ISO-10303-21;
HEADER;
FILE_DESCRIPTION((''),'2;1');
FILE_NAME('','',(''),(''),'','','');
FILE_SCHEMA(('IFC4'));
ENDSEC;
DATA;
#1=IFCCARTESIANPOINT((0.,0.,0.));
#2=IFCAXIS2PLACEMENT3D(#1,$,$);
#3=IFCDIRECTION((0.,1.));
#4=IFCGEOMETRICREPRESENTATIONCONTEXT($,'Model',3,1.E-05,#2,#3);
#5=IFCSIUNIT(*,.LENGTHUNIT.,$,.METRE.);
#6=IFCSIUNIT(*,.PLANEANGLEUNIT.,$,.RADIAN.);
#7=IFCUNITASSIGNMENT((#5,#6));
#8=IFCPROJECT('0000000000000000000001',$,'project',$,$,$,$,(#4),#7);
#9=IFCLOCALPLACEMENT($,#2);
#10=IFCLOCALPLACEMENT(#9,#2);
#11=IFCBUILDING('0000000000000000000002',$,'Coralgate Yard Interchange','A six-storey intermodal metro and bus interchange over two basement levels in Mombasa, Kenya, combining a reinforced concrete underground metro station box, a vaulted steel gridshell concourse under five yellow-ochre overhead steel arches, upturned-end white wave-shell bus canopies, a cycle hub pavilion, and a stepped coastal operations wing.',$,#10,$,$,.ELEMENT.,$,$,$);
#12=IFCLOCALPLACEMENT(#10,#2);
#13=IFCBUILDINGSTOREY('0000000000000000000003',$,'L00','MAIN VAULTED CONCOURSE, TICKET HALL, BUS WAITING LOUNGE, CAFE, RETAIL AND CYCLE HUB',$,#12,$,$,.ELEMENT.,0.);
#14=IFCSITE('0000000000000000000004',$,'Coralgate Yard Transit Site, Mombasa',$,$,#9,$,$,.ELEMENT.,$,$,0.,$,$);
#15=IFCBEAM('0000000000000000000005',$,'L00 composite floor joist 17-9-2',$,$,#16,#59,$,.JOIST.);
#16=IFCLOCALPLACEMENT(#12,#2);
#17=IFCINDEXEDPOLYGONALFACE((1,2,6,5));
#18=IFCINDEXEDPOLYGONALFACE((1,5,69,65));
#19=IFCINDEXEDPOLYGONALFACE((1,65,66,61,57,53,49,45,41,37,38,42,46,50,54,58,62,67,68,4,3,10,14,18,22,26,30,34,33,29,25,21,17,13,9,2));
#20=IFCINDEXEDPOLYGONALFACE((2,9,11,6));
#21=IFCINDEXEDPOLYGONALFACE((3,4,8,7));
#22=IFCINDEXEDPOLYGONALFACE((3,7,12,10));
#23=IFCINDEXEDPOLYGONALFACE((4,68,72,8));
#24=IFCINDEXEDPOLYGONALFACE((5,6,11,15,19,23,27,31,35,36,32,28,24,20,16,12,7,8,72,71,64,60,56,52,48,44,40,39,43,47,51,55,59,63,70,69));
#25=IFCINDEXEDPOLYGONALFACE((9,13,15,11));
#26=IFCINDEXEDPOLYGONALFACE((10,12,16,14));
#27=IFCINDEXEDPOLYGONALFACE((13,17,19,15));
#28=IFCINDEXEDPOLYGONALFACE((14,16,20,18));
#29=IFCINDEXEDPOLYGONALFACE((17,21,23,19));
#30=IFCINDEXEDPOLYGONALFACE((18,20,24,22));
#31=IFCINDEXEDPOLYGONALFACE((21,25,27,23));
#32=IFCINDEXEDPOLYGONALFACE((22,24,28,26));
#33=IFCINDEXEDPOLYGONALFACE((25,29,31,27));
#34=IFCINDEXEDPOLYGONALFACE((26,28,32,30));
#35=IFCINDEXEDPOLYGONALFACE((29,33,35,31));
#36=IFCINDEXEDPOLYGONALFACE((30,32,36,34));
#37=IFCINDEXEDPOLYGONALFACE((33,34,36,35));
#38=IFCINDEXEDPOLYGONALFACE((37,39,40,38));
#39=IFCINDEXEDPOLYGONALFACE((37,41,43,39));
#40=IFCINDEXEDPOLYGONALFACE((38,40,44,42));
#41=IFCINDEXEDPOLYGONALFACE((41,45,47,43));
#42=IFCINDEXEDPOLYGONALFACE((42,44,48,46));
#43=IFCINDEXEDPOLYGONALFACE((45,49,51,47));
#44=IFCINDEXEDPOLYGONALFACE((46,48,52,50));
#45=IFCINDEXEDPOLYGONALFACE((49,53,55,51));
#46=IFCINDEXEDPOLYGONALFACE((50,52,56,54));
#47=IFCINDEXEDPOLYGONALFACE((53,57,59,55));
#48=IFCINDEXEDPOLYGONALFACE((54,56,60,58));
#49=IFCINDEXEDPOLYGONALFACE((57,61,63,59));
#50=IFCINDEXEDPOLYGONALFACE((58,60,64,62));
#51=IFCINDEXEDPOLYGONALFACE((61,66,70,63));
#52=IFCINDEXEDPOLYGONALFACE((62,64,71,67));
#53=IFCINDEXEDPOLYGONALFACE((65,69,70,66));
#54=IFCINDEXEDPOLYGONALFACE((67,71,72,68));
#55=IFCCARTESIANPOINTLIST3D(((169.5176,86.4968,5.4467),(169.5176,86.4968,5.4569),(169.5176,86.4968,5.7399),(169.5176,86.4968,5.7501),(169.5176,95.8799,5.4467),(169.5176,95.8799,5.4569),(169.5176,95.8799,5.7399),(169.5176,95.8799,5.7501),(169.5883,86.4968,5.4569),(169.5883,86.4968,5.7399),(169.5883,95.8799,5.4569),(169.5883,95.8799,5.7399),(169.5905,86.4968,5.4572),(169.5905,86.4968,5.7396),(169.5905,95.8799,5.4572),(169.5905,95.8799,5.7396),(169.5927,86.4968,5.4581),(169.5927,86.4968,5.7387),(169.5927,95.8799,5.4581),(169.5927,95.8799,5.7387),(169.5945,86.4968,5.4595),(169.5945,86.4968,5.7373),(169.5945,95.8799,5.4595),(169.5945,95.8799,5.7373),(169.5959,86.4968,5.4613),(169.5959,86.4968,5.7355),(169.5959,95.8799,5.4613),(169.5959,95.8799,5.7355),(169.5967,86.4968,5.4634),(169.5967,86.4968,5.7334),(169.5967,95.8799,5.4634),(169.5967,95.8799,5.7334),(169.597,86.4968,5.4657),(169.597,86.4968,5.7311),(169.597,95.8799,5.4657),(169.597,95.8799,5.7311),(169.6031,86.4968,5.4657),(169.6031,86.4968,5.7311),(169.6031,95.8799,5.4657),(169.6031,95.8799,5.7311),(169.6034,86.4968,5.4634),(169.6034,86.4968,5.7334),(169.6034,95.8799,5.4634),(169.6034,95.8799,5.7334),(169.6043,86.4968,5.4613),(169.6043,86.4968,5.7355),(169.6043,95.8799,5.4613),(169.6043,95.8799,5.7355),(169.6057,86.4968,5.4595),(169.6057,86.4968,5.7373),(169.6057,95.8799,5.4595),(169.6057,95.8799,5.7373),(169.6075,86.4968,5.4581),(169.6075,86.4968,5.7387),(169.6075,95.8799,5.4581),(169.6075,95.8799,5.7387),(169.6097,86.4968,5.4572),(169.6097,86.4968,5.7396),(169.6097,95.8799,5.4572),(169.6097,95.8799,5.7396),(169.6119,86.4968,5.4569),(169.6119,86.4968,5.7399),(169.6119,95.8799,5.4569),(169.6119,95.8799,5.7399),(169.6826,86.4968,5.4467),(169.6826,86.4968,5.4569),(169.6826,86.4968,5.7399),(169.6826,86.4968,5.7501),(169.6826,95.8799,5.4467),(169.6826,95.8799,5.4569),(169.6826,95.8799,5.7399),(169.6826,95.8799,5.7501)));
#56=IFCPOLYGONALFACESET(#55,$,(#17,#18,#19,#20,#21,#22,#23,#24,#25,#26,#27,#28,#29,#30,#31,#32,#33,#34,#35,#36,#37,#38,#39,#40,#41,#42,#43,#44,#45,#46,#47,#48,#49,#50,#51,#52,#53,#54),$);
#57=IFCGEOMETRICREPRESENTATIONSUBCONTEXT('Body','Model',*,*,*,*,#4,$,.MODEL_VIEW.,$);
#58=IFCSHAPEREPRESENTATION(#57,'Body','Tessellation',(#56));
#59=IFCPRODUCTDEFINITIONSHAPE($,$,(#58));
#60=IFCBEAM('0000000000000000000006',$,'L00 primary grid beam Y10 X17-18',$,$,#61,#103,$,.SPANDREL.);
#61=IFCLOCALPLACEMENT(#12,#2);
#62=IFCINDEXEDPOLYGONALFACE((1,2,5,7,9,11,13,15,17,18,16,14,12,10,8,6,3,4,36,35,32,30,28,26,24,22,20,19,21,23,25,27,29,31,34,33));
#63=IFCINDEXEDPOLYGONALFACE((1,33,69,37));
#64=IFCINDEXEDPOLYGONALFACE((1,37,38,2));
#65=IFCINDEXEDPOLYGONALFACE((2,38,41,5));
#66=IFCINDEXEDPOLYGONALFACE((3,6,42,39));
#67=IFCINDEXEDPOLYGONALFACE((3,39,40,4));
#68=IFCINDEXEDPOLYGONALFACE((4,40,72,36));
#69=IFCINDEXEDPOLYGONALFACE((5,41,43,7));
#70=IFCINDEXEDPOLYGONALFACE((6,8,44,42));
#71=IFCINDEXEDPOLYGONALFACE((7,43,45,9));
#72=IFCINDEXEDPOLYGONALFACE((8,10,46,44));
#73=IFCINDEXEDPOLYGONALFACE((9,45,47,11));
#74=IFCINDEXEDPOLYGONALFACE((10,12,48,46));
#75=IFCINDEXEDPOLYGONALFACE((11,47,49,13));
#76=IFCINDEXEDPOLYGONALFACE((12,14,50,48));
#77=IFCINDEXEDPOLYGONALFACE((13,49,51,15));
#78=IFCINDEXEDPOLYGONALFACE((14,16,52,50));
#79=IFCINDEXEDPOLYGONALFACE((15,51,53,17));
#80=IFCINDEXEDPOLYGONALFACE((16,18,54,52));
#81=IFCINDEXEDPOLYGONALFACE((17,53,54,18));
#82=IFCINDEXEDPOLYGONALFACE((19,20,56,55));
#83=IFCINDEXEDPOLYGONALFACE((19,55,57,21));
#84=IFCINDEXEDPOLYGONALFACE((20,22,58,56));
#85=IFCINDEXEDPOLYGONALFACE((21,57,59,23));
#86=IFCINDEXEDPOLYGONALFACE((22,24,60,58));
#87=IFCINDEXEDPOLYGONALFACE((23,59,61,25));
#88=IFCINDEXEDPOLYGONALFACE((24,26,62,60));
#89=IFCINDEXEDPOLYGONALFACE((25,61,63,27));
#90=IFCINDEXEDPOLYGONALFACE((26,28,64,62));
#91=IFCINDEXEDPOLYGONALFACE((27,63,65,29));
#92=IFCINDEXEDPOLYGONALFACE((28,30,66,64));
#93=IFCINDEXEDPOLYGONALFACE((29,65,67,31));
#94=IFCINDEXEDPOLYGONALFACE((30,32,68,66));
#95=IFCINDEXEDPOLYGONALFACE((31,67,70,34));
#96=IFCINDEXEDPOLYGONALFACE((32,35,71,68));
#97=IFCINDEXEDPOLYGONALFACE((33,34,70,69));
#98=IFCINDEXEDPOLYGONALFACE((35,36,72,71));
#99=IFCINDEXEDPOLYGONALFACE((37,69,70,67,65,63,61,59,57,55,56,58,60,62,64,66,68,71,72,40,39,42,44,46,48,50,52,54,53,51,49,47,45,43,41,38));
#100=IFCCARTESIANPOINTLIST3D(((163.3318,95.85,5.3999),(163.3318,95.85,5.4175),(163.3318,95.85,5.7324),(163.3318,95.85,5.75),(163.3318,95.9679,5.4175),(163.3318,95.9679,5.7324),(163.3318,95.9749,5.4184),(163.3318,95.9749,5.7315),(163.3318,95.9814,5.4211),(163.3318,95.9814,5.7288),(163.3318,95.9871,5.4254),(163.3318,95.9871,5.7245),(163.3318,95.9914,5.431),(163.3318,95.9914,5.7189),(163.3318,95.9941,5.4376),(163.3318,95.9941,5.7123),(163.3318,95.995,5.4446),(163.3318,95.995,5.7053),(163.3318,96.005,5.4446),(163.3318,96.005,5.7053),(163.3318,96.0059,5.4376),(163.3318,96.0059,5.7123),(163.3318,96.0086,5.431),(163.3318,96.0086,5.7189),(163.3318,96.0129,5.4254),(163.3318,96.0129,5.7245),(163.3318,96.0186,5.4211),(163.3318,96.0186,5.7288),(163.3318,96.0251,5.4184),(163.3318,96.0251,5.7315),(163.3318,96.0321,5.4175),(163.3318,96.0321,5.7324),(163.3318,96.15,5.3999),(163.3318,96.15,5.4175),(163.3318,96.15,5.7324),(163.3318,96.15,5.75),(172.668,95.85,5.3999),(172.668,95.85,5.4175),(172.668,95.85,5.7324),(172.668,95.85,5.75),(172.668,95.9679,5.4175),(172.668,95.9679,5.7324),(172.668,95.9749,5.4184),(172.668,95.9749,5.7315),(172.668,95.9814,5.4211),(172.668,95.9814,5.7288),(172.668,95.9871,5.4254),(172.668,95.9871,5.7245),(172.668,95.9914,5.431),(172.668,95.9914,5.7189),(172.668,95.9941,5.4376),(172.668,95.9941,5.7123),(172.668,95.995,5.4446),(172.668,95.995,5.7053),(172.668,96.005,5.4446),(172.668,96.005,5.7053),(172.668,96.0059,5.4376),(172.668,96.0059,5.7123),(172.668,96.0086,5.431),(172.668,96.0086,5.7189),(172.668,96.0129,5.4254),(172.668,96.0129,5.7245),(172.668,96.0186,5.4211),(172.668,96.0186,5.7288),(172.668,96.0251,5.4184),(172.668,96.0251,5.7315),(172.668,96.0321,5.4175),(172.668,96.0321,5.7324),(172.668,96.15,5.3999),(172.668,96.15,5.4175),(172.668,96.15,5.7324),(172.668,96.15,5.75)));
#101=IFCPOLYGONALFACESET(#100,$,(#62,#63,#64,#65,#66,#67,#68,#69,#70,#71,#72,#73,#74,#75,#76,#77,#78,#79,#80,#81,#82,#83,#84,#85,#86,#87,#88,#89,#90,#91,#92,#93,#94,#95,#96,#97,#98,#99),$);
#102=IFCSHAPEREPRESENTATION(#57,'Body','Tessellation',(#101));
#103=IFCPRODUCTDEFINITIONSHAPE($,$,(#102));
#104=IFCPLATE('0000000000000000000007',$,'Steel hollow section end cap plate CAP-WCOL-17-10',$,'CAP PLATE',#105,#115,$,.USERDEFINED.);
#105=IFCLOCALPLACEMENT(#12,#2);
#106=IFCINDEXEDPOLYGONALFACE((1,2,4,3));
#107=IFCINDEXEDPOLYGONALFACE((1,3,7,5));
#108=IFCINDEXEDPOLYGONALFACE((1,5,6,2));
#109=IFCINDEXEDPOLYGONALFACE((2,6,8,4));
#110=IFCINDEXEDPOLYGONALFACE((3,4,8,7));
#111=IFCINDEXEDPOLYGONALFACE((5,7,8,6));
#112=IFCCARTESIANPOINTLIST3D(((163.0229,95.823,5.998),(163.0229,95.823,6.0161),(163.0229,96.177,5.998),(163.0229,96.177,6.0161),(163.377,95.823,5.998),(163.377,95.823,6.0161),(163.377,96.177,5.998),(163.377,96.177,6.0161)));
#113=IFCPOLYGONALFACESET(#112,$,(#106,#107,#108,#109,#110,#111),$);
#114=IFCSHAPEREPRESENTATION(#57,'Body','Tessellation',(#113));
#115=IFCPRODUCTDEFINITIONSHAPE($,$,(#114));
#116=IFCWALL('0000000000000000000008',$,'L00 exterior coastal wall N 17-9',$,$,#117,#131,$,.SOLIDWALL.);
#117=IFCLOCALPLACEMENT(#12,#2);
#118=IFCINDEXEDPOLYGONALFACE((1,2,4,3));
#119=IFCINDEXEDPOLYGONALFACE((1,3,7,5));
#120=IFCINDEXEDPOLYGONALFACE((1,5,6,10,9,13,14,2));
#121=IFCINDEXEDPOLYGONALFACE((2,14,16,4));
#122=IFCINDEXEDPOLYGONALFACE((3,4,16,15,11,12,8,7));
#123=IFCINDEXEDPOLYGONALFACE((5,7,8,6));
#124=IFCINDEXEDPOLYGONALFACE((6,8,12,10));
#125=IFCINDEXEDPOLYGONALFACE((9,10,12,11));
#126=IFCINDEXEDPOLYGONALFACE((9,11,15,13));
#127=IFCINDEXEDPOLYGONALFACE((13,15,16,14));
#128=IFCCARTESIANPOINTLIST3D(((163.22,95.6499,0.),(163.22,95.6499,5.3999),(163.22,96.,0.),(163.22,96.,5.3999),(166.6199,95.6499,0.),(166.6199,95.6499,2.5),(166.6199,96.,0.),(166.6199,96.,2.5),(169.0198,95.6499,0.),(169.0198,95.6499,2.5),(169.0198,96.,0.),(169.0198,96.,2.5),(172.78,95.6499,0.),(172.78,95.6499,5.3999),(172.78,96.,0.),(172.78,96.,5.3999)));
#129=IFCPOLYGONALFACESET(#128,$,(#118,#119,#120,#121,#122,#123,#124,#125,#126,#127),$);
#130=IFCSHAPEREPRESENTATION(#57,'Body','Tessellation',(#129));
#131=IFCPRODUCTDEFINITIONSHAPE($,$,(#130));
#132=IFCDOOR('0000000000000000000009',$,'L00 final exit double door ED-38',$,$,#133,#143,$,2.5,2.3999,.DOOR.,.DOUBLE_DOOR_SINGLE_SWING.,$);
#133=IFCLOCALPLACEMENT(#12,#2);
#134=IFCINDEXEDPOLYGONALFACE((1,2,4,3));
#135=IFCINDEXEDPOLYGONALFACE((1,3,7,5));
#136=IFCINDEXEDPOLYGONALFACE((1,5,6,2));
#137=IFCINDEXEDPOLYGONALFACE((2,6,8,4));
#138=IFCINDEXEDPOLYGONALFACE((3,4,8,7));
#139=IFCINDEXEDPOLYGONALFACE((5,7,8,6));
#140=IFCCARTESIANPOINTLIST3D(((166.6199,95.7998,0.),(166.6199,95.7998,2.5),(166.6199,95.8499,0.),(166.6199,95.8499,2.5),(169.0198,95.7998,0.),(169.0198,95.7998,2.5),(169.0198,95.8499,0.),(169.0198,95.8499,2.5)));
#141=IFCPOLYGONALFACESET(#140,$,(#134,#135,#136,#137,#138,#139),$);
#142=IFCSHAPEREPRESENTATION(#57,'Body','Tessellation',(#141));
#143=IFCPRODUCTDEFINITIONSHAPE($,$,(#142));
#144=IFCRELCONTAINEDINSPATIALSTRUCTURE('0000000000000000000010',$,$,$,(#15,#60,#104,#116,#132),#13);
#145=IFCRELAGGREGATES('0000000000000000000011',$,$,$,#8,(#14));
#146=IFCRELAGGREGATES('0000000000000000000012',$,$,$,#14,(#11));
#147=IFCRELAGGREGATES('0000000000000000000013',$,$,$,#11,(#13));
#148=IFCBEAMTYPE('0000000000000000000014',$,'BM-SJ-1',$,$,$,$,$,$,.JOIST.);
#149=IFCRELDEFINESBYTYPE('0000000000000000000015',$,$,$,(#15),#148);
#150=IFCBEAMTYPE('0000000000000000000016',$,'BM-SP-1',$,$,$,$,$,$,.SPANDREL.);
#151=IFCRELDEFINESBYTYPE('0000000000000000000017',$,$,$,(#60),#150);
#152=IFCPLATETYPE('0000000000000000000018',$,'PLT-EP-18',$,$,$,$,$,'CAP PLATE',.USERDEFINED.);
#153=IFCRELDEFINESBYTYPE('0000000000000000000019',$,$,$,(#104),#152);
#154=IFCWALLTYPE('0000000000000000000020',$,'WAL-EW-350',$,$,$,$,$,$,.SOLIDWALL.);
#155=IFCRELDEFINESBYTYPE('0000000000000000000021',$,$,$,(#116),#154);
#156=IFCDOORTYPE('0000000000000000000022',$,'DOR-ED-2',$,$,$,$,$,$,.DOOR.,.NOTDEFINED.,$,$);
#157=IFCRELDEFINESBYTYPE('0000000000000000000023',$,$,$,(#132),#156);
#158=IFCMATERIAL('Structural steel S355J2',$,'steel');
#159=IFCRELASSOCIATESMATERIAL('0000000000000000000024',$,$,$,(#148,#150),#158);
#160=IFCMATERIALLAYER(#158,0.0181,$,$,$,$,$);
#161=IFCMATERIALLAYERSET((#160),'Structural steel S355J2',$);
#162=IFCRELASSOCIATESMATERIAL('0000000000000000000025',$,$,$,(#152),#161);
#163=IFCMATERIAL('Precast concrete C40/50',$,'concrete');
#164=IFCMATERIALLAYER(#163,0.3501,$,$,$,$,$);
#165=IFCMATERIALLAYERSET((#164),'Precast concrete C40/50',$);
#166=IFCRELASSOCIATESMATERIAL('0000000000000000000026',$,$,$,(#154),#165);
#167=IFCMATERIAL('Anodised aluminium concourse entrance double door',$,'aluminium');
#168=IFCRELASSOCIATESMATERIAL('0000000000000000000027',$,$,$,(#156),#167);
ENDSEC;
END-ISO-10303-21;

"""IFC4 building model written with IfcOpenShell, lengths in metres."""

from ifc_helpers import new_model, si_unit, direction, frame, frame_2d, origin, origin_2d, place, context, subcontext, project, spatial, rectangle, i_section, extrude, material, layer, layer_set, material_profile, profile_set, type_object, element, fill, save


model = new_model("IFC4")

# Units and contexts
model_context = context("Model", 3, precision=1e-05, world=origin(), true_north=direction((0.0, 1.0)))
body_context = subcontext(model_context, "Body", "Model", "MODEL_VIEW")
ifc_project = project(units=[si_unit("LENGTHUNIT", "METRE"), si_unit("PLANEANGLEUNIT", "RADIAN")], contexts=[model_context])

# Site, building, storey
site_placement = place(None, origin())
site = spatial("IfcSite", under=ifc_project, at=site_placement, Name="Coralgate Yard Transit Site, Mombasa", CompositionType="ELEMENT", RefElevation=0.0)
building_placement = place(site_placement, origin())
building = spatial("IfcBuilding", under=site, at=building_placement, Name="Coralgate Yard Interchange", Description="A six-storey intermodal metro and bus interchange over two basement levels in Mombasa, Kenya, combining a reinforced concrete underground metro station box, a vaulted steel gridshell concourse under five yellow-ochre overhead steel arches, upturned-end white wave-shell bus canopies, a cycle hub pavilion, and a stepped coastal operations wing.", CompositionType="ELEMENT")
storey_placement = place(building_placement, origin())
storey = spatial("IfcBuildingStorey", under=building, at=storey_placement, Name="L00", Description="MAIN VAULTED CONCOURSE, TICKET HALL, BUS WAITING LOUNGE, CAFE, RETAIL AND CYCLE HUB", CompositionType="ELEMENT", Elevation=0.0)

# Shared definitions
ifc_material_1 = material(Name="Structural steel S355J2", Category="steel")

# Beams
ifc_material_profile_1 = material_profile(ifc_material_1, i_section(OverallWidth=0.165, OverallDepth=0.3035, WebThickness=0.0061, FlangeThickness=0.0103, FilletRadius=0.0088, at=origin_2d()), Name="UB 305x165x40")
ifc_profile_set_1 = profile_set([ifc_material_profile_1], Name="Structural steel S355J2")
beam_type_1 = type_object("IfcBeamType", Name="BM-SJ-1", PredefinedType="JOIST", material=ifc_profile_set_1)
for number, where, z_axis, x_axis, name in (
    (1, (169.6001, 86.4968, 5.5984), (0.0, 1.0, 0.0), (-1.0, 0.0, 0.0), "L00 composite floor joist 17-9-2"),
):
    element("IfcBeam", number, at=place(storey_placement, frame(where, z_axis=z_axis, x_axis=x_axis)), inside=storey, type_object=beam_type_1, Name=name, PredefinedType="JOIST", context=body_context, shape_type="SweptSolid", body=[
        extrude(i_section(OverallWidth=0.165, OverallDepth=0.3035, WebThickness=0.0061, FlangeThickness=0.0103, FilletRadius=0.0088, at=origin_2d()), origin(), (0.0, 0.0, 1.0), 9.3831),
    ])
ifc_material_profile_2 = material_profile(ifc_material_1, i_section(OverallWidth=0.3, OverallDepth=0.3501, WebThickness=0.01, FlangeThickness=0.0176, FilletRadius=0.0271, at=origin_2d()), Name="HEA 360")
ifc_profile_set_2 = profile_set([ifc_material_profile_2], Name="Structural steel S355J2")
beam_type_2 = type_object("IfcBeamType", Name="BM-SP-1", PredefinedType="SPANDREL", material=ifc_profile_set_2)
beam_1_placement = place(storey_placement, frame((163.3318, 96.0, 5.575), z_axis=(1.0, 0.0, 0.0), x_axis=(0.0, 1.0, 0.0)))
element("IfcBeam", 2, at=beam_1_placement, inside=storey, type_object=beam_type_2, Name="L00 primary grid beam Y10 X17-18", PredefinedType="SPANDREL", context=body_context, shape_type="SweptSolid", body=[
    extrude(i_section(OverallWidth=0.3, OverallDepth=0.3501, WebThickness=0.01, FlangeThickness=0.0176, FilletRadius=0.0271, at=origin_2d()), origin(), (0.0, 0.0, 1.0), 9.3362),
])

# Plate
ifc_layer_1 = layer(ifc_material_1, 0.0181)
ifc_layer_set_1 = layer_set([ifc_layer_1], Name="Structural steel S355J2")
plate_type = type_object("IfcPlateType", Name="PLT-EP-18", ElementType="CAP PLATE", PredefinedType="USERDEFINED", material=ifc_layer_set_1)
plate_placement = place(storey_placement, frame((163.2, 96.0, 5.998), z_axis=(0.0, 0.0, 1.0), x_axis=(1.0, 0.0, 0.0)))
element("IfcPlate", 3, at=plate_placement, inside=storey, type_object=plate_type, Name="Steel hollow section end cap plate CAP-WCOL-17-10", ObjectType="CAP PLATE", PredefinedType="USERDEFINED", context=body_context, shape_type="SweptSolid", body=[
    extrude(rectangle(XDim=0.354, YDim=0.354, at=origin_2d()), origin(), (0.0, 0.0, 1.0), 0.0181),
])

# Wall, opening, door
ifc_material_2 = material(Name="Precast concrete C40/50", Category="concrete")
ifc_layer_2 = layer(ifc_material_2, 0.3501)
ifc_layer_set_2 = layer_set([ifc_layer_2], Name="Precast concrete C40/50")
wall_type = type_object("IfcWallType", Name="WAL-EW-350", PredefinedType="SOLIDWALL", material=ifc_layer_set_2)
wall_placement = place(storey_placement, frame((163.22, 95.825, 0.0), z_axis=(0.0, 0.0, 1.0), x_axis=(1.0, 0.0, 0.0)))
wall = element("IfcWall", 4, at=wall_placement, inside=storey, type_object=wall_type, Name="L00 exterior coastal wall N 17-9", PredefinedType="SOLIDWALL", context=body_context, shape_type="SweptSolid", body=[
    extrude(rectangle(XDim=9.5601, YDim=0.3501, at=frame_2d((4.78, 0.0))), origin(), (0.0, 0.0, 1.0), 5.3999),
])
opening_placement = place(wall_placement, frame((3.3999, 0.0, 0.0)))
opening = element("IfcOpeningElement", 5, at=opening_placement, cuts=wall, PredefinedType="OPENING", context=body_context, shape_type="SweptSolid", body=[
    extrude(rectangle(XDim=2.3999, YDim=2.5, at=frame_2d((1.2, 1.25))), frame((0.0, 0.1851, 0.0), z_axis=(0.0, -1.0, 0.0), x_axis=(1.0, 0.0, 0.0)), (0.0, 0.0, 1.0), 0.3701),
])
ifc_material_3 = material(Name="Anodised aluminium concourse entrance double door", Category="aluminium")
door_type = type_object("IfcDoorType", Name="DOR-ED-2", OperationType="NOTDEFINED", PredefinedType="DOOR", material=ifc_material_3)
door_placement = place(opening_placement, origin())
door = element("IfcDoor", 6, at=door_placement, inside=storey, type_object=door_type, Name="L00 final exit double door ED-38", OperationType="DOUBLE_DOOR_SINGLE_SWING", OverallHeight=2.5, OverallWidth=2.3999, PredefinedType="DOOR", context=body_context, shape_type="SweptSolid", body=[
    extrude(rectangle(XDim=2.3999, YDim=2.5, at=frame_2d((1.2, 1.25))), frame((0.0, 0.0249, 0.0), z_axis=(0.0, -1.0, 0.0), x_axis=(1.0, 0.0, 0.0)), (0.0, 0.0, 1.0), 0.05),
])
fill(opening, door)

save(model, "model.ifc")
